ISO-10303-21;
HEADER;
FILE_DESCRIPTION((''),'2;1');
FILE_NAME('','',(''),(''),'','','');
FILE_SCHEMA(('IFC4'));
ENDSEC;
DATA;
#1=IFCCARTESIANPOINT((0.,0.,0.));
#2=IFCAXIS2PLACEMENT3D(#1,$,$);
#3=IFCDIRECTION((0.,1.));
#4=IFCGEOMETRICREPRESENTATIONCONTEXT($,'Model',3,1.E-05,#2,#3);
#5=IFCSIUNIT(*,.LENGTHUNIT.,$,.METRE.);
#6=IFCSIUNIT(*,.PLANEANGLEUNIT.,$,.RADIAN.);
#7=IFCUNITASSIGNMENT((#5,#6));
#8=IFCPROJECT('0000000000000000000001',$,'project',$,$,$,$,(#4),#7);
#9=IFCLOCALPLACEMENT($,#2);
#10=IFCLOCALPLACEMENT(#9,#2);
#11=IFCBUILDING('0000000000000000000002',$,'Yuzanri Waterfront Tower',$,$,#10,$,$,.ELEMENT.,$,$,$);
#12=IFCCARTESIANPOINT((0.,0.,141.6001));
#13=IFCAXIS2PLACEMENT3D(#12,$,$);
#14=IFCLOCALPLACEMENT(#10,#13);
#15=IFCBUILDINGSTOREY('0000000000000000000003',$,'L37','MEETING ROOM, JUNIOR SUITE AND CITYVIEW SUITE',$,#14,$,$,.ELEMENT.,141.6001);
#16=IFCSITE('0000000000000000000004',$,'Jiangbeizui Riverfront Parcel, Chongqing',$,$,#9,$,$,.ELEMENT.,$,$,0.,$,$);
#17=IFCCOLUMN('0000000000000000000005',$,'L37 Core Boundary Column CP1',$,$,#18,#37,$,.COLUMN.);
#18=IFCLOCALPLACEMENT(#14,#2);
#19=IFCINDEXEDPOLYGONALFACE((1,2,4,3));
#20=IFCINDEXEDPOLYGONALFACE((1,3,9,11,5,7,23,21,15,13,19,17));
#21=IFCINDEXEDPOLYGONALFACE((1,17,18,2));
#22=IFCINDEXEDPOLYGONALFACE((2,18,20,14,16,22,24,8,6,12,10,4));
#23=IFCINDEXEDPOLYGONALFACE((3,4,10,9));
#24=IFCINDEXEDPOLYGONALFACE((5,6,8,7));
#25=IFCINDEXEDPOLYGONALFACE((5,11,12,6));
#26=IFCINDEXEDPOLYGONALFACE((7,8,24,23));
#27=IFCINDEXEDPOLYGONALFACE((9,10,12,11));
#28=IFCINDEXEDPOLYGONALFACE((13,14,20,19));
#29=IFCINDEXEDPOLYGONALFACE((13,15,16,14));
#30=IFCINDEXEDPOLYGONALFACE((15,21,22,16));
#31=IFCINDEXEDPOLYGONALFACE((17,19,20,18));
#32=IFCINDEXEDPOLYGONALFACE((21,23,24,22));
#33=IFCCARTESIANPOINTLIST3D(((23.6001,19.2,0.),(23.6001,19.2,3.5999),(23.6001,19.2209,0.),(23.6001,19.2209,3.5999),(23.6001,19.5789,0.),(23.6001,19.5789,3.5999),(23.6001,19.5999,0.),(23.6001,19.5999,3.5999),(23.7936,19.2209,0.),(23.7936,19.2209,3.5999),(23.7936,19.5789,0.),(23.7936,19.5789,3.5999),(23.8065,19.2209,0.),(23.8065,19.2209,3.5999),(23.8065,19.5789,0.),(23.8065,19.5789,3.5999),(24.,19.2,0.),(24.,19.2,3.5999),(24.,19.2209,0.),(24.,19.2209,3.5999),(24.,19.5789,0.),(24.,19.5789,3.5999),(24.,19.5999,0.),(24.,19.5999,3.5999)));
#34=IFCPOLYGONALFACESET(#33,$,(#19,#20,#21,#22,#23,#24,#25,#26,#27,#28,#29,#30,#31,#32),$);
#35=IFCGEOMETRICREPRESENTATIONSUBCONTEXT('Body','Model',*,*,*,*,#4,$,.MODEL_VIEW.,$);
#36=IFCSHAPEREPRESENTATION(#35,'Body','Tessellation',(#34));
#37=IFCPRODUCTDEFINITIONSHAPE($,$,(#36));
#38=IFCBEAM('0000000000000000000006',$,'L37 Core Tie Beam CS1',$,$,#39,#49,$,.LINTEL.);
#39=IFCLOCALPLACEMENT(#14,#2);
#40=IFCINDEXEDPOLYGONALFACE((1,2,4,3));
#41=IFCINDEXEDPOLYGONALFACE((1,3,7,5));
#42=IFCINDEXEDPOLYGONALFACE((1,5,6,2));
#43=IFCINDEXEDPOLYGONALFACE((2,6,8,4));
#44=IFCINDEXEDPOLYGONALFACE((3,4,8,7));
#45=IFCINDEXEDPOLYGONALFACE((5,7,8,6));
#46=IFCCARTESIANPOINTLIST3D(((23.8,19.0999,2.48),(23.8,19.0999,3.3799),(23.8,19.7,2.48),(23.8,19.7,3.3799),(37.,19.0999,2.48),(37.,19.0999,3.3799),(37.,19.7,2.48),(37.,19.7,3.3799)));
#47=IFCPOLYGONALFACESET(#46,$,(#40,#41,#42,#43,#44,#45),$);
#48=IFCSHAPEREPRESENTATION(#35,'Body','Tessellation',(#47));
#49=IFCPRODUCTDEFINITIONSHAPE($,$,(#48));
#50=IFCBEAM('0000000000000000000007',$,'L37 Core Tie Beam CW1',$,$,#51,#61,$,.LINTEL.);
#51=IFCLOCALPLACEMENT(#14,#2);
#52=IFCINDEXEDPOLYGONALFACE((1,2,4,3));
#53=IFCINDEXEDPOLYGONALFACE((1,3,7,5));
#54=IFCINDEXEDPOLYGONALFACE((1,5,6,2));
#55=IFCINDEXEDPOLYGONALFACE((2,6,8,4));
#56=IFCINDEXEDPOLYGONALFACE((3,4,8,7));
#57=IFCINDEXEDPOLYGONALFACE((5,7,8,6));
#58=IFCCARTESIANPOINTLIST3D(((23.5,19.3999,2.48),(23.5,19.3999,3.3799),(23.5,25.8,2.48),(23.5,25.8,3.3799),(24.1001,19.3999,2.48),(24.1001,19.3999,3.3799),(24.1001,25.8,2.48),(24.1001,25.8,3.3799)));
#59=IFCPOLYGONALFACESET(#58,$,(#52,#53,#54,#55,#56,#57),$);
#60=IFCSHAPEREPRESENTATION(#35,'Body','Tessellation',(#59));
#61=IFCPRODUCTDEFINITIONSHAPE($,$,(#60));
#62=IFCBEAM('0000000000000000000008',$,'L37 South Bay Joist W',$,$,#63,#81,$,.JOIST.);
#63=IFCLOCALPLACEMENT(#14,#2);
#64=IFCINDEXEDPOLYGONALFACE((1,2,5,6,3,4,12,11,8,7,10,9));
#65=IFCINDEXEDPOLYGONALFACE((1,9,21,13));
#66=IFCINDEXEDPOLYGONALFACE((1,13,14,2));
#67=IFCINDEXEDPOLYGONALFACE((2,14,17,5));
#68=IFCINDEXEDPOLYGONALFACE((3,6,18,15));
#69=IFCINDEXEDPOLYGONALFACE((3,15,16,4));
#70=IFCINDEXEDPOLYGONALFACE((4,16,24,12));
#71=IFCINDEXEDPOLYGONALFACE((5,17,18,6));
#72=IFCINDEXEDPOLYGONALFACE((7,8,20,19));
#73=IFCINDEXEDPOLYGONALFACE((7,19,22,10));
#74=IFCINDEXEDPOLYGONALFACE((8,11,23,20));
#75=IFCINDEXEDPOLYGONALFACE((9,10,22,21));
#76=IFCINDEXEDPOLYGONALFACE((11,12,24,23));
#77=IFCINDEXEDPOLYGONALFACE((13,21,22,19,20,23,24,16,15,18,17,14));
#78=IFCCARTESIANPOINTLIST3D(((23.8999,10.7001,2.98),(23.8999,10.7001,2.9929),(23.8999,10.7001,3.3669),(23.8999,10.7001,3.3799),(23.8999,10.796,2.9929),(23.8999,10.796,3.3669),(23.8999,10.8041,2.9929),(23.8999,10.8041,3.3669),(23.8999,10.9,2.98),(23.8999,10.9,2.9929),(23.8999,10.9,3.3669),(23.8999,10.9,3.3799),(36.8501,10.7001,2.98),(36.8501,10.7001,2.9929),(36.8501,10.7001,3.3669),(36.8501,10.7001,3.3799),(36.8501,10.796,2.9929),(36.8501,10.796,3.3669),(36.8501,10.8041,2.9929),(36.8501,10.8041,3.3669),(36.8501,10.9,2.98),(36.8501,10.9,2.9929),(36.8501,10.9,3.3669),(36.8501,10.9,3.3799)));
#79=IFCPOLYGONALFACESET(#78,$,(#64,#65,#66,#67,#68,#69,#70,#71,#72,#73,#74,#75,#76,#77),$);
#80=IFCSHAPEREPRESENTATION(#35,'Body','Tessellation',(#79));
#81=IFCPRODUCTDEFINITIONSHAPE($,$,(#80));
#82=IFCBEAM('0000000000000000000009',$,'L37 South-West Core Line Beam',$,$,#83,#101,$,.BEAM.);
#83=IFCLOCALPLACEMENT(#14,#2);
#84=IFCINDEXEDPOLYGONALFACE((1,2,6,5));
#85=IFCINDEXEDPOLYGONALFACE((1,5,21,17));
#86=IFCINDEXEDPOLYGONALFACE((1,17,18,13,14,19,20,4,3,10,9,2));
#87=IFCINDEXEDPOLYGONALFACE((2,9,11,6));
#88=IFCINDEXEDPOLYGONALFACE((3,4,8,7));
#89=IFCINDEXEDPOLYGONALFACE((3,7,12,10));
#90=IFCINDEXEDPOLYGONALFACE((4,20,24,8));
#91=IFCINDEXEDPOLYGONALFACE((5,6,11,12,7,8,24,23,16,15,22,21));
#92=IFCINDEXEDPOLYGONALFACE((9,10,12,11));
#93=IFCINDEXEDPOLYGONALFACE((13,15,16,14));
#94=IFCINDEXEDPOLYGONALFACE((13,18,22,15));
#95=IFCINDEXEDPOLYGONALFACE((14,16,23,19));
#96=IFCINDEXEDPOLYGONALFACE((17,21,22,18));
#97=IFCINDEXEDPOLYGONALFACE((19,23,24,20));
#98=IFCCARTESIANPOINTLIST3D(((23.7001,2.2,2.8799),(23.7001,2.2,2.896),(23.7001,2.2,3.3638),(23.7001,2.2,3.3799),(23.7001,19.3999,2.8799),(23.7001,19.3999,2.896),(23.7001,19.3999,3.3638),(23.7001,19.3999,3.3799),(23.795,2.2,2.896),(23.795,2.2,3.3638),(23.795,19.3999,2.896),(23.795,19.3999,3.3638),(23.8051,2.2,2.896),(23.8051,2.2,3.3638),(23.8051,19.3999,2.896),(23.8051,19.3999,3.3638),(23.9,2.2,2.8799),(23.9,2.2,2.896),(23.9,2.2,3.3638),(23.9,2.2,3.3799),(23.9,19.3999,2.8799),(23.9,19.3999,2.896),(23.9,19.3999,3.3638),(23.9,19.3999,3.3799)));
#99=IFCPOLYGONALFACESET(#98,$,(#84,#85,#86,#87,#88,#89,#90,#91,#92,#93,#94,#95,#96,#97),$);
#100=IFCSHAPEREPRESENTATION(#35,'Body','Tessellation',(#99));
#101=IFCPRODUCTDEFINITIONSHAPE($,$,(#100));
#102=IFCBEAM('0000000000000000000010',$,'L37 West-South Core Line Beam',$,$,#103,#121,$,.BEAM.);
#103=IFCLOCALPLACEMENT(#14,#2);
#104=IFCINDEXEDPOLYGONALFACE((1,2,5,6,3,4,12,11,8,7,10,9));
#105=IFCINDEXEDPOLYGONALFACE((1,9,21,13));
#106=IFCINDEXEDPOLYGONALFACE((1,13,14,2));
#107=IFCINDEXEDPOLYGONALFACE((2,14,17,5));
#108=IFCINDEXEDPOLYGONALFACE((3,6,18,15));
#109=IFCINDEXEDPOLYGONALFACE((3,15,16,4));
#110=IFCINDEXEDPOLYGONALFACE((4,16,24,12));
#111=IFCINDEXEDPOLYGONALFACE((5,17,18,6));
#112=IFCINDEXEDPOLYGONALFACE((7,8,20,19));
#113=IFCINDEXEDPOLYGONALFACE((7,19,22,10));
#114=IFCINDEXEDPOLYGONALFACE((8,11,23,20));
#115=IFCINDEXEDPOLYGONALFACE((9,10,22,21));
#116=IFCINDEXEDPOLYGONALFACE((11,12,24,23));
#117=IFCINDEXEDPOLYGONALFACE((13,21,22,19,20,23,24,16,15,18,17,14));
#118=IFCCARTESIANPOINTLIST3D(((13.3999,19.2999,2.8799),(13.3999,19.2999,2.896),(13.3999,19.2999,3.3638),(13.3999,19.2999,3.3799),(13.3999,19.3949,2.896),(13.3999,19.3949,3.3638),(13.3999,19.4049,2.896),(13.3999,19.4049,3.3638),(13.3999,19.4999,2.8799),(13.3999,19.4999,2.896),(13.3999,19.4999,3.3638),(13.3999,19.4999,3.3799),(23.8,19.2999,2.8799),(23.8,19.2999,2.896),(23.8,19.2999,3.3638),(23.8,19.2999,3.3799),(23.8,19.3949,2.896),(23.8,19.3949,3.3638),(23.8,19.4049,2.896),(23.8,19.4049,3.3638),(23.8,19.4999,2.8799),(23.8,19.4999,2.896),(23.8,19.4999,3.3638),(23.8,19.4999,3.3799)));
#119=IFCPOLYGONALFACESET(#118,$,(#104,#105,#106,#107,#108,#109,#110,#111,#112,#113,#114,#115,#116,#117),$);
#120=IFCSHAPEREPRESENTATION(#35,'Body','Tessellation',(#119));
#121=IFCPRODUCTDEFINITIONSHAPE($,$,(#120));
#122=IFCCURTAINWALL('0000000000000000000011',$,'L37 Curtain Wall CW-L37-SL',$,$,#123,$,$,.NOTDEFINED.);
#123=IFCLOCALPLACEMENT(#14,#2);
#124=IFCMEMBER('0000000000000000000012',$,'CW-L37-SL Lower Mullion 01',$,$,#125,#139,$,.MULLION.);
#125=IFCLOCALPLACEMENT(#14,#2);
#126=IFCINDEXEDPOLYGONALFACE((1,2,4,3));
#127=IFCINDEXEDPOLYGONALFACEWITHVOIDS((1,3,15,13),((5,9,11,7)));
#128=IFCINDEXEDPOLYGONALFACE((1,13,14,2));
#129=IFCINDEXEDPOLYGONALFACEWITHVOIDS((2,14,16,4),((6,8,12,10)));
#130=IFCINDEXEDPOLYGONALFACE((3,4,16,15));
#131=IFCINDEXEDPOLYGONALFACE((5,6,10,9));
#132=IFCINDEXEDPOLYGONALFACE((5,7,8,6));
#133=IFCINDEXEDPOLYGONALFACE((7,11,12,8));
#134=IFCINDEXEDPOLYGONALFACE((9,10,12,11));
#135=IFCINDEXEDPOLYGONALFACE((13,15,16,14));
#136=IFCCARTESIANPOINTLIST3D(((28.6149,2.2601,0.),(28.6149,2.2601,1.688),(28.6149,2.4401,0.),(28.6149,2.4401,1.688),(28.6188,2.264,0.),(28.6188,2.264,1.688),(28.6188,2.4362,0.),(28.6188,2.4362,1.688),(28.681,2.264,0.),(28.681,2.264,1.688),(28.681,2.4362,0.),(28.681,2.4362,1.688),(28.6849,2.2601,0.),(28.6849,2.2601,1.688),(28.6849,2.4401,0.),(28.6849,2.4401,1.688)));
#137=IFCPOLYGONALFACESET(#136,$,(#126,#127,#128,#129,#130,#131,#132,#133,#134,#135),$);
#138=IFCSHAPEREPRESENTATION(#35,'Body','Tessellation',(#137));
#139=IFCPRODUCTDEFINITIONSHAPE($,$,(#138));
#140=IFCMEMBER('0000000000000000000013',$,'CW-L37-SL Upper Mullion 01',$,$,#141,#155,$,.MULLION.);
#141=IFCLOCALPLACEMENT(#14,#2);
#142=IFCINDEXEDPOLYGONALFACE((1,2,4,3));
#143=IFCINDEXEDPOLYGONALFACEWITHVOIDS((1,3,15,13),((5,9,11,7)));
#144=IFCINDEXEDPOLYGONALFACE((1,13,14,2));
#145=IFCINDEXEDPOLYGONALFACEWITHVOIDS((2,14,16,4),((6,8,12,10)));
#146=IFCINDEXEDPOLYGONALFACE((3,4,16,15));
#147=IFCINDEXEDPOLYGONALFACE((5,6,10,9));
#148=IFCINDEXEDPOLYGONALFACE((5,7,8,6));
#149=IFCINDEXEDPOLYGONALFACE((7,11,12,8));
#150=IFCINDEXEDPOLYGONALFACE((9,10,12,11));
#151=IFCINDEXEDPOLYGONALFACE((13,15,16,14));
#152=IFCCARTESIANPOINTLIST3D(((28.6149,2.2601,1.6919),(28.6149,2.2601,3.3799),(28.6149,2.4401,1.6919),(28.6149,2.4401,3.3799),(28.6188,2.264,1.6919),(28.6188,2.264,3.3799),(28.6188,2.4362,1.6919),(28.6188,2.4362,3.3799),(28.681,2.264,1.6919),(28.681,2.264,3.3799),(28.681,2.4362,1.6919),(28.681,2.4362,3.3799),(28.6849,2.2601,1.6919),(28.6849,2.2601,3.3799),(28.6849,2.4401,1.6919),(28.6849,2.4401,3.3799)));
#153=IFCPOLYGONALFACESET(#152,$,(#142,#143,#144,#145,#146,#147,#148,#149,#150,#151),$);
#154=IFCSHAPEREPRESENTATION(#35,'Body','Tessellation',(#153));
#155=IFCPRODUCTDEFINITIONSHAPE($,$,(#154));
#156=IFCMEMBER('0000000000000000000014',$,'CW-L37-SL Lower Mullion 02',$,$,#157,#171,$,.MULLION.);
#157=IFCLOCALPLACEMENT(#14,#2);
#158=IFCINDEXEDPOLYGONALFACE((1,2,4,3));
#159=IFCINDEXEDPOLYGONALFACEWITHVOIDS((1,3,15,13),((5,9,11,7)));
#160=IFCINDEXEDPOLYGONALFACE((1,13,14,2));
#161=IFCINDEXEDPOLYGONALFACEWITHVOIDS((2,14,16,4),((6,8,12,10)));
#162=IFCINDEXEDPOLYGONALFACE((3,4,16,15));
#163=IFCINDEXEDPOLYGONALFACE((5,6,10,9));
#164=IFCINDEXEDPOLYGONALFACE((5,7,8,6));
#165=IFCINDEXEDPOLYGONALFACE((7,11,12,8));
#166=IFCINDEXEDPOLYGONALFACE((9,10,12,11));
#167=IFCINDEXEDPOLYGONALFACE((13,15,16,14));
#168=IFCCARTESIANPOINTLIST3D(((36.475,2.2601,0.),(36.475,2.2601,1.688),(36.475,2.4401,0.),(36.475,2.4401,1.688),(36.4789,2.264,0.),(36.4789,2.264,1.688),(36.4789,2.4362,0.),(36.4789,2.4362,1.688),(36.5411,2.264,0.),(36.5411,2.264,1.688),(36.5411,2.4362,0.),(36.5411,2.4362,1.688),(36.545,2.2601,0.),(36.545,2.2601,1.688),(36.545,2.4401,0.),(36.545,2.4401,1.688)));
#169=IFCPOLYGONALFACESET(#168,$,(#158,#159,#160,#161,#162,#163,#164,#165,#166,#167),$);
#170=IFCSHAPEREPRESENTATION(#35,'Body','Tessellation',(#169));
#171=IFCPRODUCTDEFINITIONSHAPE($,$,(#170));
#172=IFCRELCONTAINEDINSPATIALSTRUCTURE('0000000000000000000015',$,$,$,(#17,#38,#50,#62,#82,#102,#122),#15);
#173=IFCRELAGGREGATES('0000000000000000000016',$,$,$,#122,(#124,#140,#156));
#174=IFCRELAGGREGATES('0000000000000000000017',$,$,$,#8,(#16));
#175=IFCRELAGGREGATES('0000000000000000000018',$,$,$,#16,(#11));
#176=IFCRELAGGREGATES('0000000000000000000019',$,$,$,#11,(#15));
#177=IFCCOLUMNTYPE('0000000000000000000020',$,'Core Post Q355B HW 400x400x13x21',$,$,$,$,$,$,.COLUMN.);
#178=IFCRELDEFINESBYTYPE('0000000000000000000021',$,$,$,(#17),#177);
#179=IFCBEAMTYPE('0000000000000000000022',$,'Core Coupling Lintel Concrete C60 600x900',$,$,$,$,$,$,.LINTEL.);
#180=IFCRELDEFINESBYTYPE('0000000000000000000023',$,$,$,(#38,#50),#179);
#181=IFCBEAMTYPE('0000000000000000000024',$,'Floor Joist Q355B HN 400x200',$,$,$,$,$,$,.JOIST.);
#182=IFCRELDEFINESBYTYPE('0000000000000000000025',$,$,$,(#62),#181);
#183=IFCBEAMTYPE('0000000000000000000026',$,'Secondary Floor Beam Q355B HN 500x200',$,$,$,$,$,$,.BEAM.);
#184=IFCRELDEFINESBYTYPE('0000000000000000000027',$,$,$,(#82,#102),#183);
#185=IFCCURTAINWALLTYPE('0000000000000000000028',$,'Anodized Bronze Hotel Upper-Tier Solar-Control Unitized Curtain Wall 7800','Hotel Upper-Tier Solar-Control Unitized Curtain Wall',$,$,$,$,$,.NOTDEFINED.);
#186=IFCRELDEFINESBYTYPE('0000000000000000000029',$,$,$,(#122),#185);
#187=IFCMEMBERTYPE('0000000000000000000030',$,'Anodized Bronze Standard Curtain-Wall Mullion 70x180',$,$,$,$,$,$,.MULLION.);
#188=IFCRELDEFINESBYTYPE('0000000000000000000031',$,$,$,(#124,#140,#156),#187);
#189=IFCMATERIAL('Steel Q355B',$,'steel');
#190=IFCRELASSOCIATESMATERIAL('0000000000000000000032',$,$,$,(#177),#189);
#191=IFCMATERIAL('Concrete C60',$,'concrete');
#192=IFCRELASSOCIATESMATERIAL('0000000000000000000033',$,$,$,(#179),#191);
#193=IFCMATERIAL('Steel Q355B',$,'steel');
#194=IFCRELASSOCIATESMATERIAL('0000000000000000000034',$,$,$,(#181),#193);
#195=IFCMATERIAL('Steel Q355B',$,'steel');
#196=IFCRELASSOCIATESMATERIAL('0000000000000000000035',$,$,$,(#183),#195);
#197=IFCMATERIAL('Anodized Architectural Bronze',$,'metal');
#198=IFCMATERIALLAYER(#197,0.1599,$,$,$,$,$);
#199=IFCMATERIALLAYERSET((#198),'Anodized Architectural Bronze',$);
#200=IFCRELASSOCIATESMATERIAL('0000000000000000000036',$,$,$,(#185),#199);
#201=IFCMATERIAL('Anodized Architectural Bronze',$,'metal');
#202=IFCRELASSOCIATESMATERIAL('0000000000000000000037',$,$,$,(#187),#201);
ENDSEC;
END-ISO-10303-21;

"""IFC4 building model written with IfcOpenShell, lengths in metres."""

from ifc_helpers import new_model, si_unit, direction, frame, origin, origin_2d, place, context, subcontext, project, spatial, rectangle, hollow_rectangle, i_section, extrude, source, transform, mapped, material, layer, layer_set, material_profile, profile_set, type_object, element, aggregate, save


model = new_model("IFC4")

# Units and contexts
model_context = context("Model", 3, precision=1e-05, world=origin(), true_north=direction((0.0, 1.0)))
body_context = subcontext(model_context, "Body", "Model", "MODEL_VIEW")
ifc_project = project(units=[si_unit("LENGTHUNIT", "METRE"), si_unit("PLANEANGLEUNIT", "RADIAN")], contexts=[model_context])

# Site, building, storey
site_placement = place(None, origin())
site = spatial("IfcSite", under=ifc_project, at=site_placement, Name="Jiangbeizui Riverfront Parcel, Chongqing", CompositionType="ELEMENT", RefElevation=0.0)
building_placement = place(site_placement, origin())
building = spatial("IfcBuilding", under=site, at=building_placement, Name="Yuzanri Waterfront Tower", CompositionType="ELEMENT")
storey_placement = place(building_placement, frame((0.0, 0.0, 141.6001)))
storey = spatial("IfcBuildingStorey", under=building, at=storey_placement, Name="L37", Description="MEETING ROOM, JUNIOR SUITE AND CITYVIEW SUITE", CompositionType="ELEMENT", Elevation=141.6001)

# Column
ifc_material_1 = material(Name="Steel Q355B", Category="steel")
ifc_material_profile_1 = material_profile(ifc_material_1, i_section(OverallWidth=0.3999, OverallDepth=0.3999, WebThickness=0.0129, FlangeThickness=0.021, at=origin_2d()), Name="HW 400x400x13x21")
ifc_profile_set_1 = profile_set([ifc_material_profile_1], Name="Steel Q355B")
column_type = type_object("IfcColumnType", Name="Core Post Q355B HW 400x400x13x21", PredefinedType="COLUMN", material=ifc_profile_set_1)
shared_shape_1 = source(origin(), body_context, "Body", "SweptSolid", [
    extrude(i_section(OverallWidth=0.3999, OverallDepth=0.3999, WebThickness=0.0129, FlangeThickness=0.021, at=origin_2d()), origin(), (0.0, 0.0, 1.0), 3.5999),
])
column_placement = place(storey_placement, frame((23.8, 19.3999, 0.0), z_axis=(0.0, 0.0, 1.0), x_axis=(1.0, 0.0, 0.0)))
element("IfcColumn", 1, at=column_placement, inside=storey, type_object=column_type, Name="L37 Core Boundary Column CP1", PredefinedType="COLUMN", context=body_context, shape_type="MappedRepresentation", body=[
    mapped(shared_shape_1, transform((0.0, 0.0, 0.0), scale=1.0)),
])

# Beams
ifc_material_2 = material(Name="Concrete C60", Category="concrete")
ifc_material_profile_2 = material_profile(ifc_material_2, rectangle(XDim=0.6001, YDim=0.8999, at=origin_2d()), Name="RC 600x900")
ifc_profile_set_2 = profile_set([ifc_material_profile_2], Name="Concrete C60")
beam_type_1 = type_object("IfcBeamType", Name="Core Coupling Lintel Concrete C60 600x900", PredefinedType="LINTEL", material=ifc_profile_set_2)
shared_shape_2 = source(origin(), body_context, "Body", "SweptSolid", [
    extrude(rectangle(XDim=0.6001, YDim=0.8999, at=origin_2d()), origin(), (0.0, 0.0, 1.0), 13.2),
])
beam_1_placement = place(storey_placement, frame((23.8, 19.3999, 2.9299), z_axis=(1.0, 0.0, 0.0), x_axis=(0.0, 1.0, 0.0)))
element("IfcBeam", 2, at=beam_1_placement, inside=storey, type_object=beam_type_1, Name="L37 Core Tie Beam CS1", PredefinedType="LINTEL", context=body_context, shape_type="MappedRepresentation", body=[
    mapped(shared_shape_2, transform((0.0, 0.0, 0.0), scale=1.0)),
])
shared_shape_3 = source(origin(), body_context, "Body", "SweptSolid", [
    extrude(rectangle(XDim=0.6001, YDim=0.8999, at=origin_2d()), origin(), (0.0, 0.0, 1.0), 6.4001),
])
beam_2_placement = place(storey_placement, frame((23.8, 19.3999, 2.9299), z_axis=(0.0, 1.0, 0.0), x_axis=(-1.0, 0.0, 0.0)))
element("IfcBeam", 3, at=beam_2_placement, inside=storey, type_object=beam_type_1, Name="L37 Core Tie Beam CW1", PredefinedType="LINTEL", context=body_context, shape_type="MappedRepresentation", body=[
    mapped(shared_shape_3, transform((0.0, 0.0, 0.0), scale=1.0)),
])
ifc_material_3 = material(Name="Steel Q355B", Category="steel")
ifc_material_profile_3 = material_profile(ifc_material_3, i_section(OverallWidth=0.2, OverallDepth=0.3999, WebThickness=0.0081, FlangeThickness=0.0129, at=origin_2d()), Name="HN 400x200x8x13")
ifc_profile_set_3 = profile_set([ifc_material_profile_3], Name="Steel Q355B")
beam_type_2 = type_object("IfcBeamType", Name="Floor Joist Q355B HN 400x200", PredefinedType="JOIST", material=ifc_profile_set_3)
shared_shape_4 = source(origin(), body_context, "Body", "SweptSolid", [
    extrude(i_section(OverallWidth=0.2, OverallDepth=0.3999, WebThickness=0.0081, FlangeThickness=0.0129, at=origin_2d()), origin(), (0.0, 0.0, 1.0), 12.9502),
])
beam_3_placement = place(storey_placement, frame((23.8999, 10.8, 3.1799), z_axis=(1.0, 0.0, 0.0), x_axis=(0.0, 1.0, 0.0)))
element("IfcBeam", 4, at=beam_3_placement, inside=storey, type_object=beam_type_2, Name="L37 South Bay Joist W", PredefinedType="JOIST", context=body_context, shape_type="MappedRepresentation", body=[
    mapped(shared_shape_4, transform((0.0, 0.0, 0.0), scale=1.0)),
])
ifc_material_4 = material(Name="Steel Q355B", Category="steel")
ifc_material_profile_4 = material_profile(ifc_material_4, i_section(OverallWidth=0.2, OverallDepth=0.5, WebThickness=0.01, FlangeThickness=0.0161, at=origin_2d()), Name="HN 500x200x10x16")
ifc_profile_set_4 = profile_set([ifc_material_profile_4], Name="Steel Q355B")
beam_type_3 = type_object("IfcBeamType", Name="Secondary Floor Beam Q355B HN 500x200", PredefinedType="BEAM", material=ifc_profile_set_4)
shared_shape_5 = source(origin(), body_context, "Body", "SweptSolid", [
    extrude(i_section(OverallWidth=0.2, OverallDepth=0.5, WebThickness=0.01, FlangeThickness=0.0161, at=origin_2d()), origin(), (0.0, 0.0, 1.0), 17.2),
])
beam_4_placement = place(storey_placement, frame((23.8, 19.3999, 3.1299), z_axis=(0.0, -1.0, 0.0), x_axis=(1.0, 0.0, 0.0)))
element("IfcBeam", 5, at=beam_4_placement, inside=storey, type_object=beam_type_3, Name="L37 South-West Core Line Beam", PredefinedType="BEAM", context=body_context, shape_type="MappedRepresentation", body=[
    mapped(shared_shape_5, transform((0.0, 0.0, 0.0), scale=1.0)),
])
shared_shape_6 = source(origin(), body_context, "Body", "SweptSolid", [
    extrude(i_section(OverallWidth=0.2, OverallDepth=0.5, WebThickness=0.01, FlangeThickness=0.0161, at=origin_2d()), origin(), (0.0, 0.0, 1.0), 10.4001),
])
beam_5_placement = place(storey_placement, frame((23.8, 19.3999, 3.1299), z_axis=(-1.0, 0.0, 0.0), x_axis=(0.0, -1.0, 0.0)))
element("IfcBeam", 6, at=beam_5_placement, inside=storey, type_object=beam_type_3, Name="L37 West-South Core Line Beam", PredefinedType="BEAM", context=body_context, shape_type="MappedRepresentation", body=[
    mapped(shared_shape_6, transform((0.0, 0.0, 0.0), scale=1.0)),
])

# Curtain wall, members
ifc_material_5 = material(Name="Anodized Architectural Bronze", Category="metal")
ifc_layer_1 = layer(ifc_material_5, 0.1599)
ifc_layer_set_1 = layer_set([ifc_layer_1], Name="Anodized Architectural Bronze")
curtain_wall_type = type_object("IfcCurtainWallType", Name="Anodized Bronze Hotel Upper-Tier Solar-Control Unitized Curtain Wall 7800", Description="Hotel Upper-Tier Solar-Control Unitized Curtain Wall", PredefinedType="NOTDEFINED", material=ifc_layer_set_1)
curtain_wall_placement = place(storey_placement, origin())
curtain_wall = element("IfcCurtainWall", 7, at=curtain_wall_placement, inside=storey, type_object=curtain_wall_type, Name="L37 Curtain Wall CW-L37-SL", PredefinedType="NOTDEFINED")
ifc_material_6 = material(Name="Anodized Architectural Bronze", Category="metal")
ifc_material_profile_5 = material_profile(ifc_material_6, hollow_rectangle(XDim=0.0701, YDim=0.1799, WallThickness=0.0039, at=origin_2d()), Name="CWM 70x180")
ifc_profile_set_5 = profile_set([ifc_material_profile_5], Name="Anodized Architectural Bronze")
member_type = type_object("IfcMemberType", Name="Anodized Bronze Standard Curtain-Wall Mullion 70x180", PredefinedType="MULLION", material=ifc_profile_set_5)
shared_shape_7 = source(origin(), body_context, "Body", "SweptSolid", [
    extrude(hollow_rectangle(XDim=0.0701, YDim=0.1799, WallThickness=0.0039, at=origin_2d()), origin(), (0.0, 0.0, 1.0), 1.688),
])
member_1_placement = place(storey_placement, frame((28.6499, 2.3501, 0.0), z_axis=(0.0, 0.0, 1.0), x_axis=(1.0, 0.0, 0.0)))
member_1 = element("IfcMember", 8, at=member_1_placement, type_object=member_type, Name="CW-L37-SL Lower Mullion 01", PredefinedType="MULLION", context=body_context, shape_type="MappedRepresentation", body=[
    mapped(shared_shape_7, transform((0.0, 0.0, 0.0), scale=1.0)),
])
member_2_placement = place(storey_placement, frame((28.6499, 2.3501, 1.6919), z_axis=(0.0, 0.0, 1.0), x_axis=(1.0, 0.0, 0.0)))
member_2 = element("IfcMember", 9, at=member_2_placement, type_object=member_type, Name="CW-L37-SL Upper Mullion 01", PredefinedType="MULLION", context=body_context, shape_type="MappedRepresentation", body=[
    mapped(shared_shape_7, transform((0.0, 0.0, 0.0), scale=1.0)),
])
member_3_placement = place(storey_placement, frame((36.51, 2.3501, 0.0), z_axis=(0.0, 0.0, 1.0), x_axis=(1.0, 0.0, 0.0)))
member_3 = element("IfcMember", 10, at=member_3_placement, type_object=member_type, Name="CW-L37-SL Lower Mullion 02", PredefinedType="MULLION", context=body_context, shape_type="MappedRepresentation", body=[
    mapped(shared_shape_7, transform((0.0, 0.0, 0.0), scale=1.0)),
])
aggregate(curtain_wall, [member_1, member_2, member_3])

save(model, "model.ifc")
